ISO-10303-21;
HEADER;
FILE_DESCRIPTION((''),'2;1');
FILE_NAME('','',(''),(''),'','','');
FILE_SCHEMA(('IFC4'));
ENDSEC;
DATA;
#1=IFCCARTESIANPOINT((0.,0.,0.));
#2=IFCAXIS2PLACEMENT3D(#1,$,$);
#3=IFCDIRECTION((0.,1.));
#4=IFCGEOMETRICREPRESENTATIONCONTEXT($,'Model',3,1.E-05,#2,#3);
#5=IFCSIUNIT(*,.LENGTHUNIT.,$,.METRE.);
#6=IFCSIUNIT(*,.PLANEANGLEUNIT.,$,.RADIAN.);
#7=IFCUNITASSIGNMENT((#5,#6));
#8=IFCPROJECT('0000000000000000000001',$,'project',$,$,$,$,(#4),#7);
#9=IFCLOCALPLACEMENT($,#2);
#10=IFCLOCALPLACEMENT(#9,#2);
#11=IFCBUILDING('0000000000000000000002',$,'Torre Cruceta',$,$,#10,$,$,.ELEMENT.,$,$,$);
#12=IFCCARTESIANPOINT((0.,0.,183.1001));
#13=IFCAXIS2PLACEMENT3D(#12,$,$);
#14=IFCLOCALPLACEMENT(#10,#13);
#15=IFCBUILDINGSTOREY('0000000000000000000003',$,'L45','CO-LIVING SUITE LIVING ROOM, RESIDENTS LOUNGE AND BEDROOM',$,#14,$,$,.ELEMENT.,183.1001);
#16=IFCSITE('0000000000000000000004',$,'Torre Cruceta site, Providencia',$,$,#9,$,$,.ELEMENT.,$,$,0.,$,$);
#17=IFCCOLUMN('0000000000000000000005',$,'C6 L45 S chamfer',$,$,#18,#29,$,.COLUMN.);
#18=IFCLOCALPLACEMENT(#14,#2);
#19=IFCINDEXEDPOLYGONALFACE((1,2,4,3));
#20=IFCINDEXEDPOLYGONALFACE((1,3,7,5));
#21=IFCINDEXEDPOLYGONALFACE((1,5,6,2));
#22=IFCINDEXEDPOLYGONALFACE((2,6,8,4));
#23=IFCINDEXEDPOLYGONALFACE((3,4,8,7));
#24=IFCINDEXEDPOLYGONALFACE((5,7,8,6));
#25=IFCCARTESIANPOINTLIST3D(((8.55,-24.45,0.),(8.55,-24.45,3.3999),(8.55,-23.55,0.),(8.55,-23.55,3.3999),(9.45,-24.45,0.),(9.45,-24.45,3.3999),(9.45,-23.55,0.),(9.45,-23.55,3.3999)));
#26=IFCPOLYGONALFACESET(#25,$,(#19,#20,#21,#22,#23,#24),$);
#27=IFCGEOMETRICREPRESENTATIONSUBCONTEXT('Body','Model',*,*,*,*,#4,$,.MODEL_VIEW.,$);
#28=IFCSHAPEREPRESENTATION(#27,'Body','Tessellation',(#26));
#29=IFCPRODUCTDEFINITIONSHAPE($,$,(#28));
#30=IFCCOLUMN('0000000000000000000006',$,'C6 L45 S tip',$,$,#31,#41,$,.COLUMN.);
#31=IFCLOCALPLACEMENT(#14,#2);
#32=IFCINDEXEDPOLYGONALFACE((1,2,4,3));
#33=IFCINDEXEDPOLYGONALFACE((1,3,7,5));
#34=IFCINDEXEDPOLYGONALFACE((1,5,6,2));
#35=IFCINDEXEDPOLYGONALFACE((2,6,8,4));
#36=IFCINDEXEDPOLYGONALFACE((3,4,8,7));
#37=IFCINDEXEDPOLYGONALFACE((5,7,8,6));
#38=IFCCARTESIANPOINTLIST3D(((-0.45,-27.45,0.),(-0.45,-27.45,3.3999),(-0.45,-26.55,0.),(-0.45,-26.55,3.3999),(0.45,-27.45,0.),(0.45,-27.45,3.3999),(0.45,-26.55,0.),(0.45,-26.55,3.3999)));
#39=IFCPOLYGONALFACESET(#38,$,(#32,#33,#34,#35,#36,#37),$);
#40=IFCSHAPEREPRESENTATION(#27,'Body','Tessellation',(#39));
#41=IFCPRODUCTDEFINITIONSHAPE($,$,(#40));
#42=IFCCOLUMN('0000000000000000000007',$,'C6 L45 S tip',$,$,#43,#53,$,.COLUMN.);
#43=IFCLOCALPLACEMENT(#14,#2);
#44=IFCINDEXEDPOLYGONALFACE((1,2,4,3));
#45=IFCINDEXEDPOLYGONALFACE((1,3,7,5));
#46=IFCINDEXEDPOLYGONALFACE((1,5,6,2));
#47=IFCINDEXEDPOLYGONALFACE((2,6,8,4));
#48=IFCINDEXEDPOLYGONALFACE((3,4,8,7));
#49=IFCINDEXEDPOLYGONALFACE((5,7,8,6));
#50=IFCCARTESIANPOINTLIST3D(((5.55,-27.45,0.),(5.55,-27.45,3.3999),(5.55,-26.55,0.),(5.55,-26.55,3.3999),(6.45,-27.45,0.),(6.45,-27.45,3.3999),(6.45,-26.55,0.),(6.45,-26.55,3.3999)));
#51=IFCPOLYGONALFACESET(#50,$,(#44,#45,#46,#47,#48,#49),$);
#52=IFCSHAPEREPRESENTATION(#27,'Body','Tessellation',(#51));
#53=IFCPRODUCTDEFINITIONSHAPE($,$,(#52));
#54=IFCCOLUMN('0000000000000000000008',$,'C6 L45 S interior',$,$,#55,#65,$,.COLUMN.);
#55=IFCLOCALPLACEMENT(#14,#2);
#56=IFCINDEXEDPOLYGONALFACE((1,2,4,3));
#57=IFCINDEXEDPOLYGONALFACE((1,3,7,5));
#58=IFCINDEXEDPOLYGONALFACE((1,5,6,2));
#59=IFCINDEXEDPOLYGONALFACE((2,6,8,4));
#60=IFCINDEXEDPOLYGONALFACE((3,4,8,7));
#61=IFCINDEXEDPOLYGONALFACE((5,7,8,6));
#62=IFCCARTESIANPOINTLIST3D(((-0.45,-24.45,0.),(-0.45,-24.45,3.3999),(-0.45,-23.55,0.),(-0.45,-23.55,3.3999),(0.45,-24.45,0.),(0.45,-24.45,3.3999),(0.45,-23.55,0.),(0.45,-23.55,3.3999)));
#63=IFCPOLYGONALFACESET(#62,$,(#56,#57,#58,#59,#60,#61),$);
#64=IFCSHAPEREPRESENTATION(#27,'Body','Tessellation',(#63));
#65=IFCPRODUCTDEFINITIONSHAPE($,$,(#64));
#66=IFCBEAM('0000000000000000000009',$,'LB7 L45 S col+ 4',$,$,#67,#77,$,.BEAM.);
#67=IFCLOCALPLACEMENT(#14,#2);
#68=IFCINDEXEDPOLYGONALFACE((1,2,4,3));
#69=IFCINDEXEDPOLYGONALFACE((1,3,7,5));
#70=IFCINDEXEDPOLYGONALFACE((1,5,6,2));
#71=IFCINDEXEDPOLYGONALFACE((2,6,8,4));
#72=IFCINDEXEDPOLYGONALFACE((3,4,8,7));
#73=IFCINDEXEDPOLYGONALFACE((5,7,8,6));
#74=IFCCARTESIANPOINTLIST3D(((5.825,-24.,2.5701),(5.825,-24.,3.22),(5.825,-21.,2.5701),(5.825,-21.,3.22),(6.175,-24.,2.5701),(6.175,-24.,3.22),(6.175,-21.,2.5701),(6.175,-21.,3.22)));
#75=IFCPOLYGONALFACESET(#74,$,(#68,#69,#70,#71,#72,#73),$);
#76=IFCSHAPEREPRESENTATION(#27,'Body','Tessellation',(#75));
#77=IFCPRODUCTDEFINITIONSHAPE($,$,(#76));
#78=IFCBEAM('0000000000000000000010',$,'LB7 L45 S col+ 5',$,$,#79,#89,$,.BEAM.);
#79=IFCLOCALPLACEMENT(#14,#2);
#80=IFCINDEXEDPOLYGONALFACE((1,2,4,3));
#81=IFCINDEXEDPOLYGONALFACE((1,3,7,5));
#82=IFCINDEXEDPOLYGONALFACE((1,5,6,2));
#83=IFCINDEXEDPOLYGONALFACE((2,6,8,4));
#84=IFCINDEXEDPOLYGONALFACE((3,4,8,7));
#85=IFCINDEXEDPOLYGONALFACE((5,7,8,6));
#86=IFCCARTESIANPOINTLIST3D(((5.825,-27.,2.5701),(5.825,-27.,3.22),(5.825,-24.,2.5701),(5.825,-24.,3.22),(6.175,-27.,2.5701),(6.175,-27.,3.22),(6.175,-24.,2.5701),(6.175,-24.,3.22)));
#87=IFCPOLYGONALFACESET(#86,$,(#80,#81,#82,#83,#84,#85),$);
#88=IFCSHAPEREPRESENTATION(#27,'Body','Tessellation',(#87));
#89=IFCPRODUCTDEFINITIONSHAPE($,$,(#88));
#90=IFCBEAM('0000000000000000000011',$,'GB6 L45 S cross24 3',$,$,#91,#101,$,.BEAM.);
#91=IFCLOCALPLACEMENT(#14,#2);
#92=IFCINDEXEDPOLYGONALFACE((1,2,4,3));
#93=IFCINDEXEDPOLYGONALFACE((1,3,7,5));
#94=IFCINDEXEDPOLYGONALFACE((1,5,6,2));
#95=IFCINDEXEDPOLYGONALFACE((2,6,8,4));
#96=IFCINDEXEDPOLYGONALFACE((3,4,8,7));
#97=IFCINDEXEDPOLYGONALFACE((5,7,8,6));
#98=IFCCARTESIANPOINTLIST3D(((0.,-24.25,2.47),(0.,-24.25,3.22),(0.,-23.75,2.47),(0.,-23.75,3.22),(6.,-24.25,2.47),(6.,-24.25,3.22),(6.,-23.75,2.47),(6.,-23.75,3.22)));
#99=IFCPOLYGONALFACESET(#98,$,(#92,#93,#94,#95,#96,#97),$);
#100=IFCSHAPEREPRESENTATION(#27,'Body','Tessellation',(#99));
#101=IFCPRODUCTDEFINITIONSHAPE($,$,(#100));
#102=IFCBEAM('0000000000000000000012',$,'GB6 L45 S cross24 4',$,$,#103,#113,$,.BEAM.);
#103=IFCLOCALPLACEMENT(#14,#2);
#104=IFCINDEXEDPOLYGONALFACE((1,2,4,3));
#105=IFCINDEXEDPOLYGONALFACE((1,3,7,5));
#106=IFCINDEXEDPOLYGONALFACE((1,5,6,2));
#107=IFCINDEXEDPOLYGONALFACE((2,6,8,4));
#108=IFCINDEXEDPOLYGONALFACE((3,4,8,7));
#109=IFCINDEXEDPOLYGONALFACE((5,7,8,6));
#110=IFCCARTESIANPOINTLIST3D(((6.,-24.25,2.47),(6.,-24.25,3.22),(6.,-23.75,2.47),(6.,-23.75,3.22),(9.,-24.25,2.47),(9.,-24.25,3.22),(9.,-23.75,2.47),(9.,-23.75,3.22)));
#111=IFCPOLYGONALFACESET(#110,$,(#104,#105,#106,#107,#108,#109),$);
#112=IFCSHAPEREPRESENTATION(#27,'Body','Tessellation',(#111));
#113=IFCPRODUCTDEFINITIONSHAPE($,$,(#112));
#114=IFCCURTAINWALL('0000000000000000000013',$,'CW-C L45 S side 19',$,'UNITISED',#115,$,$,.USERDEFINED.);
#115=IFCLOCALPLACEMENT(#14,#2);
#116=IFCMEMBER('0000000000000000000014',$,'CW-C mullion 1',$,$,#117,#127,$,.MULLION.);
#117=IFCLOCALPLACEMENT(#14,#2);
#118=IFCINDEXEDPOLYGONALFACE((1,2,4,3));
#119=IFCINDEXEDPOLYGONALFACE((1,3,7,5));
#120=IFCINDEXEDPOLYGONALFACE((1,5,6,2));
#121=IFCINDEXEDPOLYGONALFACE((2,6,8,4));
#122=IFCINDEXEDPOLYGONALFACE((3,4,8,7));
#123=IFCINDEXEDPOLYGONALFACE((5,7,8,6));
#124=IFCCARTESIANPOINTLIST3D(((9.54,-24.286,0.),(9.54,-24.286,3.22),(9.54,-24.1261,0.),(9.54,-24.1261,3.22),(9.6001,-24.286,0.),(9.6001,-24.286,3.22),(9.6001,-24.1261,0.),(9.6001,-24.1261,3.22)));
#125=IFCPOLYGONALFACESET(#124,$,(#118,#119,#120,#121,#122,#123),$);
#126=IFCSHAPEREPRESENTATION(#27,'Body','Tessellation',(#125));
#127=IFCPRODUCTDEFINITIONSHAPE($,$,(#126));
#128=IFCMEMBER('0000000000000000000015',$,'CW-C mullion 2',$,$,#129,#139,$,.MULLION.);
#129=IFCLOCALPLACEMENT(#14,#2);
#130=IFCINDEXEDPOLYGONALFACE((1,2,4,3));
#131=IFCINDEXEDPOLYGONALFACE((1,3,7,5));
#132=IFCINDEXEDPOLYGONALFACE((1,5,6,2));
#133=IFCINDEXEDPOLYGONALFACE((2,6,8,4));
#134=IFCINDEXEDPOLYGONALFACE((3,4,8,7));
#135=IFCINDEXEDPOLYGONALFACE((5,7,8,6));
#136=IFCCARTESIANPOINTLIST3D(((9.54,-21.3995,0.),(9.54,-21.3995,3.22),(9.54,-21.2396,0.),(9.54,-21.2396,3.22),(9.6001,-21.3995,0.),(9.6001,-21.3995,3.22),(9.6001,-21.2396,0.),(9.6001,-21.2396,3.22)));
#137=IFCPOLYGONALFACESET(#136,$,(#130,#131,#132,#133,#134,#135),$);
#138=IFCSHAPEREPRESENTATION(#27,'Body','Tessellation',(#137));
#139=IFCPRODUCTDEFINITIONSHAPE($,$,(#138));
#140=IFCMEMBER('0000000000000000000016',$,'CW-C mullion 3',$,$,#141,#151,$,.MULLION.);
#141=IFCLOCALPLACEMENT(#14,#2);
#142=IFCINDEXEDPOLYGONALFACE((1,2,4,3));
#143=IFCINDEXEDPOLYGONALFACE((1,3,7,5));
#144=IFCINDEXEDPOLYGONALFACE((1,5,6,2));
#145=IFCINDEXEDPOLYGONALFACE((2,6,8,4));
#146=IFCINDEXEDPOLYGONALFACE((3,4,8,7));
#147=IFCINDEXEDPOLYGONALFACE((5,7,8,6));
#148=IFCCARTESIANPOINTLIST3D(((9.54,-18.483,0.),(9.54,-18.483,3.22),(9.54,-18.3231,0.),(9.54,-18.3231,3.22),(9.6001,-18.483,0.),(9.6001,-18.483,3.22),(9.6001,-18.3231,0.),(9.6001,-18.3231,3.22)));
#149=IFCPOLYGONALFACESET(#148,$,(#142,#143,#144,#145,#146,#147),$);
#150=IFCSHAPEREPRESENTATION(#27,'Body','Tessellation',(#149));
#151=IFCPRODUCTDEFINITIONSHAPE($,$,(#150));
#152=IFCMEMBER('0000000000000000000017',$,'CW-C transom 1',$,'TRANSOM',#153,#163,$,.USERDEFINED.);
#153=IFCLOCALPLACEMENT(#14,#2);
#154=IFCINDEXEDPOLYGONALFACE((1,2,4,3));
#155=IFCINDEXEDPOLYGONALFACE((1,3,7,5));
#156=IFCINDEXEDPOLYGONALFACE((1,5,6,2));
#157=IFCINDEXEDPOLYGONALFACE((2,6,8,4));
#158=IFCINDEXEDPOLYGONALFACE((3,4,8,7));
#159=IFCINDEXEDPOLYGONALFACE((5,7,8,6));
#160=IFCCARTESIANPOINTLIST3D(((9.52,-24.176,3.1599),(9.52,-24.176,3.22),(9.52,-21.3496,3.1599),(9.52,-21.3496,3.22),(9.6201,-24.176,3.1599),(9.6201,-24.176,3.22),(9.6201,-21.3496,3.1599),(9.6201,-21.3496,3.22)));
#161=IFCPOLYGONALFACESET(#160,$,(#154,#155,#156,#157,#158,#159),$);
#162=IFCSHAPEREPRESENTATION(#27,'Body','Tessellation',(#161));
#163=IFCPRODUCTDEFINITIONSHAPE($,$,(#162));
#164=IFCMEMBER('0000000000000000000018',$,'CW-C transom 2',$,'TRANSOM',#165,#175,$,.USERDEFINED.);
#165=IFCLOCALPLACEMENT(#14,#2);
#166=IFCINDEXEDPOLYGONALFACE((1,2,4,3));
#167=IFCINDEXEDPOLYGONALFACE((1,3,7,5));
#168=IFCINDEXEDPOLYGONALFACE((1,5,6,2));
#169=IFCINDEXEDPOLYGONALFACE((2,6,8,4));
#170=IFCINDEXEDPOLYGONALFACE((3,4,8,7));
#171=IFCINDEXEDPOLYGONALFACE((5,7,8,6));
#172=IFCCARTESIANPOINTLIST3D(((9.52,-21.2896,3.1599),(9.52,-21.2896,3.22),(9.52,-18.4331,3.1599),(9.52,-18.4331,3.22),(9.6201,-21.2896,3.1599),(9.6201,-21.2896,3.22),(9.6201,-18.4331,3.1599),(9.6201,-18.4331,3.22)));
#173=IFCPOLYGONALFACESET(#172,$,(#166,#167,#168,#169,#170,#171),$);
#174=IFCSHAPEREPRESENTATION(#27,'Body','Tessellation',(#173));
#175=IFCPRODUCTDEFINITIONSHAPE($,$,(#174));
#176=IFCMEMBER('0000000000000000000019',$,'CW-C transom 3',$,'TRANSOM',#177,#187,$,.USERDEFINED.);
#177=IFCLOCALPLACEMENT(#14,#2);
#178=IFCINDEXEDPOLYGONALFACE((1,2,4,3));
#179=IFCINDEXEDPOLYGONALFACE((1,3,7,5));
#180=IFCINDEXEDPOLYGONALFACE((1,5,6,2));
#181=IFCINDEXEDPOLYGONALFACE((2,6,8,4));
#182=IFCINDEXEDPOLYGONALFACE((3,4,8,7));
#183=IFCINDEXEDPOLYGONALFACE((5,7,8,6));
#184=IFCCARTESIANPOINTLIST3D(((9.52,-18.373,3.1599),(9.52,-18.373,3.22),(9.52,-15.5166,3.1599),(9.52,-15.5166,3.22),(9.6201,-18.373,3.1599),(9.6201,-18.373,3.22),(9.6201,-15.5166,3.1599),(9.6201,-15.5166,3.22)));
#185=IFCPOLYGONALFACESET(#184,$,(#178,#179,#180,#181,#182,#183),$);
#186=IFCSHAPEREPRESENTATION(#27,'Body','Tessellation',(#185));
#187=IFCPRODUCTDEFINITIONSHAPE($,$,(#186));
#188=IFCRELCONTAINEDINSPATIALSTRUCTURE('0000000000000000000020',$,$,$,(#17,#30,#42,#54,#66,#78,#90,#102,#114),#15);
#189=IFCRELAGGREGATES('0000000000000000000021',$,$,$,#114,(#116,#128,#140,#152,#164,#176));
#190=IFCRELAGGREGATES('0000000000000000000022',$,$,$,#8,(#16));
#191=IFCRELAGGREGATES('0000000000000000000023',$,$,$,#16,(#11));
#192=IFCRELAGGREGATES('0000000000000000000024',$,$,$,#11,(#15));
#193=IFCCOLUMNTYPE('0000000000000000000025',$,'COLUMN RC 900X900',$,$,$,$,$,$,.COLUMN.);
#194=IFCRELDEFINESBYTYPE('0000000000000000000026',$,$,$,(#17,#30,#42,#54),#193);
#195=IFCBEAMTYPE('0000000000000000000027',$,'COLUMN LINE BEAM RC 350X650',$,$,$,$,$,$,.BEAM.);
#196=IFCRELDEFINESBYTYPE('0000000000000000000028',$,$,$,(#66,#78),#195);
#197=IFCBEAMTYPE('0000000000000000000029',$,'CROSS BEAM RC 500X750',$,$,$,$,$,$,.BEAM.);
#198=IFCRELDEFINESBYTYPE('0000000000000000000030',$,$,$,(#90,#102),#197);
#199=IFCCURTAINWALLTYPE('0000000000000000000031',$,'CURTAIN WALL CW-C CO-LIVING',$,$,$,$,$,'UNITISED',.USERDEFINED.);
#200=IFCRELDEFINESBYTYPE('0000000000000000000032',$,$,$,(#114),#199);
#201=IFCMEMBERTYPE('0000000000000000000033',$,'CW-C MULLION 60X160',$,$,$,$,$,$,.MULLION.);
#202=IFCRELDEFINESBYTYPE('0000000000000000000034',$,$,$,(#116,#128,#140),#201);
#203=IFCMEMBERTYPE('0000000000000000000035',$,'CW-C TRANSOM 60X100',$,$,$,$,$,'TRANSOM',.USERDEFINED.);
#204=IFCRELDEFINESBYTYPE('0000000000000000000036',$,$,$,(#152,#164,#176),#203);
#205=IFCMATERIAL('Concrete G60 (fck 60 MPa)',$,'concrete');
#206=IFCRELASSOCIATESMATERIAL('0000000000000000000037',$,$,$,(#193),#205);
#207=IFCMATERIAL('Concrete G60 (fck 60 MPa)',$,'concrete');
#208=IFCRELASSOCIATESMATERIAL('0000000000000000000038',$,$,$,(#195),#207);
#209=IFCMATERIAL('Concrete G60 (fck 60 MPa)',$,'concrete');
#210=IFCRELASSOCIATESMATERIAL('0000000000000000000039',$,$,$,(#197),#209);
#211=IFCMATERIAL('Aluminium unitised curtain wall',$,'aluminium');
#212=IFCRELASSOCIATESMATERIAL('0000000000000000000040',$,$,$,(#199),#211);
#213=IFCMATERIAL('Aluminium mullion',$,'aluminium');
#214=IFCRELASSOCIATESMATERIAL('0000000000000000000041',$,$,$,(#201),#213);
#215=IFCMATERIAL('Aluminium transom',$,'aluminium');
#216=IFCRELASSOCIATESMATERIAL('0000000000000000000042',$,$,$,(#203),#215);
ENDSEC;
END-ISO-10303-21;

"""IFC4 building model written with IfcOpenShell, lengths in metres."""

from ifc_helpers import new_model, si_unit, direction, frame, origin, origin_2d, place, context, subcontext, project, spatial, rectangle, extrude, material, material_profile, profile_set, type_object, element, aggregate, save


model = new_model("IFC4")

# Units and contexts
model_context = context("Model", 3, precision=1e-05, world=origin(), true_north=direction((0.0, 1.0)))
body_context = subcontext(model_context, "Body", "Model", "MODEL_VIEW")
ifc_project = project(units=[si_unit("LENGTHUNIT", "METRE"), si_unit("PLANEANGLEUNIT", "RADIAN")], contexts=[model_context])

# Site, building, storey
site_placement = place(None, origin())
site = spatial("IfcSite", under=ifc_project, at=site_placement, Name="Torre Cruceta site, Providencia", CompositionType="ELEMENT", RefElevation=0.0)
building_placement = place(site_placement, origin())
building = spatial("IfcBuilding", under=site, at=building_placement, Name="Torre Cruceta", CompositionType="ELEMENT")
storey_placement = place(building_placement, frame((0.0, 0.0, 183.1001)))
storey = spatial("IfcBuildingStorey", under=building, at=storey_placement, Name="L45", Description="CO-LIVING SUITE LIVING ROOM, RESIDENTS LOUNGE AND BEDROOM", CompositionType="ELEMENT", Elevation=183.1001)

# Columns
ifc_material_1 = material(Name="Concrete G60 (fck 60 MPa)", Category="concrete")
ifc_material_profile_1 = material_profile(ifc_material_1, rectangle(XDim=0.8999, YDim=0.8999, at=origin_2d()), Name="RC 900X900")
ifc_profile_set_1 = profile_set([ifc_material_profile_1], Name="Concrete G60 (fck 60 MPa)")
column_type = type_object("IfcColumnType", Name="COLUMN RC 900X900", PredefinedType="COLUMN", material=ifc_profile_set_1)
for number, where, z_axis, x_axis, name in (
    (1, (9.0, -24.0, 0.0), (0.0, 0.0, 1.0), (1.0, 0.0, 0.0), "C6 L45 S chamfer"),
    (2, (0.0, -27.0, 0.0), (0.0, 0.0, 1.0), (1.0, 0.0, 0.0), "C6 L45 S tip"),
    (3, (6.0, -27.0, 0.0), (0.0, 0.0, 1.0), (1.0, 0.0, 0.0), "C6 L45 S tip"),
    (4, (0.0, -24.0, 0.0), (0.0, 0.0, 1.0), (1.0, 0.0, 0.0), "C6 L45 S interior"),
):
    element("IfcColumn", number, at=place(storey_placement, frame(where, z_axis=z_axis, x_axis=x_axis)), inside=storey, type_object=column_type, Name=name, PredefinedType="COLUMN", context=body_context, shape_type="SweptSolid", body=[
        extrude(rectangle(XDim=0.8999, YDim=0.8999, at=origin_2d()), origin(), (0.0, 0.0, 1.0), 3.3999),
    ])

# Beams
ifc_material_2 = material(Name="Concrete G60 (fck 60 MPa)", Category="concrete")
ifc_material_profile_2 = material_profile(ifc_material_2, rectangle(XDim=0.3501, YDim=0.6499, at=origin_2d()), Name="RC 350X650")
ifc_profile_set_2 = profile_set([ifc_material_profile_2], Name="Concrete G60 (fck 60 MPa)")
beam_type_1 = type_object("IfcBeamType", Name="COLUMN LINE BEAM RC 350X650", PredefinedType="BEAM", material=ifc_profile_set_2)
for number, where, z_axis, x_axis, name in (
    (5, (6.0, -21.0, 2.895), (0.0, -1.0, 0.0), (1.0, 0.0, 0.0), "LB7 L45 S col+ 4"),
    (6, (6.0, -24.0, 2.895), (0.0, -1.0, 0.0), (1.0, 0.0, 0.0), "LB7 L45 S col+ 5"),
):
    element("IfcBeam", number, at=place(storey_placement, frame(where, z_axis=z_axis, x_axis=x_axis)), inside=storey, type_object=beam_type_1, Name=name, PredefinedType="BEAM", context=body_context, shape_type="SweptSolid", body=[
        extrude(rectangle(XDim=0.3501, YDim=0.6499, at=origin_2d()), origin(), (0.0, 0.0, 1.0), 3.0),
    ])
ifc_material_3 = material(Name="Concrete G60 (fck 60 MPa)", Category="concrete")
ifc_material_profile_3 = material_profile(ifc_material_3, rectangle(XDim=0.5, YDim=0.75, at=origin_2d()), Name="RC 500X750")
ifc_profile_set_3 = profile_set([ifc_material_profile_3], Name="Concrete G60 (fck 60 MPa)")
beam_type_2 = type_object("IfcBeamType", Name="CROSS BEAM RC 500X750", PredefinedType="BEAM", material=ifc_profile_set_3)
beam_1_placement = place(storey_placement, frame((0.0, -24.0, 2.845), z_axis=(1.0, 0.0, 0.0), x_axis=(0.0, 1.0, 0.0)))
element("IfcBeam", 7, at=beam_1_placement, inside=storey, type_object=beam_type_2, Name="GB6 L45 S cross24 3", PredefinedType="BEAM", context=body_context, shape_type="SweptSolid", body=[
    extrude(rectangle(XDim=0.5, YDim=0.75, at=origin_2d()), origin(), (0.0, 0.0, 1.0), 6.0),
])
beam_2_placement = place(storey_placement, frame((6.0, -24.0, 2.845), z_axis=(1.0, 0.0, 0.0), x_axis=(0.0, 1.0, 0.0)))
element("IfcBeam", 8, at=beam_2_placement, inside=storey, type_object=beam_type_2, Name="GB6 L45 S cross24 4", PredefinedType="BEAM", context=body_context, shape_type="SweptSolid", body=[
    extrude(rectangle(XDim=0.5, YDim=0.75, at=origin_2d()), origin(), (0.0, 0.0, 1.0), 3.0),
])

# Curtain wall, members
ifc_material_4 = material(Name="Aluminium unitised curtain wall", Category="aluminium")
curtain_wall_type = type_object("IfcCurtainWallType", Name="CURTAIN WALL CW-C CO-LIVING", ElementType="UNITISED", PredefinedType="USERDEFINED", material=ifc_material_4)
curtain_wall_placement = place(storey_placement, origin())
curtain_wall = element("IfcCurtainWall", 9, at=curtain_wall_placement, inside=storey, type_object=curtain_wall_type, Name="CW-C L45 S side 19", ObjectType="UNITISED", PredefinedType="USERDEFINED")
ifc_material_5 = material(Name="Aluminium mullion", Category="aluminium")
ifc_material_profile_4 = material_profile(ifc_material_5, rectangle(XDim=0.0601, YDim=0.1599, at=origin_2d()), Name="AL 60X160")
ifc_profile_set_4 = profile_set([ifc_material_profile_4], Name="Aluminium mullion")
member_type_1 = type_object("IfcMemberType", Name="CW-C MULLION 60X160", PredefinedType="MULLION", material=ifc_profile_set_4)
member_1_placement = place(storey_placement, frame((9.5701, -24.2061, 0.0), z_axis=(0.0, 0.0, 1.0), x_axis=(-1.0, 0.0, 0.0)))
member_1 = element("IfcMember", 10, at=member_1_placement, type_object=member_type_1, Name="CW-C mullion 1", PredefinedType="MULLION", context=body_context, shape_type="SweptSolid", body=[
    extrude(rectangle(XDim=0.0601, YDim=0.1599, at=origin_2d()), origin(), (0.0, 0.0, 1.0), 3.22),
])
member_2_placement = place(storey_placement, frame((9.5701, -21.3196, 0.0), z_axis=(0.0, 0.0, 1.0), x_axis=(-1.0, 0.0, 0.0)))
member_2 = element("IfcMember", 11, at=member_2_placement, type_object=member_type_1, Name="CW-C mullion 2", PredefinedType="MULLION", context=body_context, shape_type="SweptSolid", body=[
    extrude(rectangle(XDim=0.0601, YDim=0.1599, at=origin_2d()), origin(), (0.0, 0.0, 1.0), 3.22),
])
member_3_placement = place(storey_placement, frame((9.5701, -18.4031, 0.0), z_axis=(0.0, 0.0, 1.0), x_axis=(-1.0, 0.0, 0.0)))
member_3 = element("IfcMember", 12, at=member_3_placement, type_object=member_type_1, Name="CW-C mullion 3", PredefinedType="MULLION", context=body_context, shape_type="SweptSolid", body=[
    extrude(rectangle(XDim=0.0601, YDim=0.1599, at=origin_2d()), origin(), (0.0, 0.0, 1.0), 3.22),
])
ifc_material_6 = material(Name="Aluminium transom", Category="aluminium")
ifc_material_profile_5 = material_profile(ifc_material_6, rectangle(XDim=0.1001, YDim=0.0601, at=origin_2d()), Name="AL 100X60")
ifc_profile_set_5 = profile_set([ifc_material_profile_5], Name="Aluminium transom")
member_type_2 = type_object("IfcMemberType", Name="CW-C TRANSOM 60X100", ElementType="TRANSOM", PredefinedType="USERDEFINED", material=ifc_profile_set_5)
member_4_placement = place(storey_placement, frame((9.5701, -24.176, 3.1899), z_axis=(0.0, 1.0, 0.0), x_axis=(-1.0, 0.0, 0.0)))
member_4 = element("IfcMember", 13, at=member_4_placement, type_object=member_type_2, Name="CW-C transom 1", ObjectType="TRANSOM", PredefinedType="USERDEFINED", context=body_context, shape_type="SweptSolid", body=[
    extrude(rectangle(XDim=0.1001, YDim=0.0601, at=origin_2d()), origin(), (0.0, 0.0, 1.0), 2.8264),
])
member_5_placement = place(storey_placement, frame((9.5701, -21.2896, 3.1899), z_axis=(0.0, 1.0, 0.0), x_axis=(-1.0, 0.0, 0.0)))
member_5 = element("IfcMember", 14, at=member_5_placement, type_object=member_type_2, Name="CW-C transom 2", ObjectType="TRANSOM", PredefinedType="USERDEFINED", context=body_context, shape_type="SweptSolid", body=[
    extrude(rectangle(XDim=0.1001, YDim=0.0601, at=origin_2d()), origin(), (0.0, 0.0, 1.0), 2.8564),
])
member_6_placement = place(storey_placement, frame((9.5701, -18.373, 3.1899), z_axis=(0.0, 1.0, 0.0), x_axis=(-1.0, 0.0, 0.0)))
member_6 = element("IfcMember", 15, at=member_6_placement, type_object=member_type_2, Name="CW-C transom 3", ObjectType="TRANSOM", PredefinedType="USERDEFINED", context=body_context, shape_type="SweptSolid", body=[
    extrude(rectangle(XDim=0.1001, YDim=0.0601, at=origin_2d()), origin(), (0.0, 0.0, 1.0), 2.8564),
])

aggregate(curtain_wall, [member_1, member_2, member_3, member_4, member_5, member_6])

save(model, "model.ifc")
